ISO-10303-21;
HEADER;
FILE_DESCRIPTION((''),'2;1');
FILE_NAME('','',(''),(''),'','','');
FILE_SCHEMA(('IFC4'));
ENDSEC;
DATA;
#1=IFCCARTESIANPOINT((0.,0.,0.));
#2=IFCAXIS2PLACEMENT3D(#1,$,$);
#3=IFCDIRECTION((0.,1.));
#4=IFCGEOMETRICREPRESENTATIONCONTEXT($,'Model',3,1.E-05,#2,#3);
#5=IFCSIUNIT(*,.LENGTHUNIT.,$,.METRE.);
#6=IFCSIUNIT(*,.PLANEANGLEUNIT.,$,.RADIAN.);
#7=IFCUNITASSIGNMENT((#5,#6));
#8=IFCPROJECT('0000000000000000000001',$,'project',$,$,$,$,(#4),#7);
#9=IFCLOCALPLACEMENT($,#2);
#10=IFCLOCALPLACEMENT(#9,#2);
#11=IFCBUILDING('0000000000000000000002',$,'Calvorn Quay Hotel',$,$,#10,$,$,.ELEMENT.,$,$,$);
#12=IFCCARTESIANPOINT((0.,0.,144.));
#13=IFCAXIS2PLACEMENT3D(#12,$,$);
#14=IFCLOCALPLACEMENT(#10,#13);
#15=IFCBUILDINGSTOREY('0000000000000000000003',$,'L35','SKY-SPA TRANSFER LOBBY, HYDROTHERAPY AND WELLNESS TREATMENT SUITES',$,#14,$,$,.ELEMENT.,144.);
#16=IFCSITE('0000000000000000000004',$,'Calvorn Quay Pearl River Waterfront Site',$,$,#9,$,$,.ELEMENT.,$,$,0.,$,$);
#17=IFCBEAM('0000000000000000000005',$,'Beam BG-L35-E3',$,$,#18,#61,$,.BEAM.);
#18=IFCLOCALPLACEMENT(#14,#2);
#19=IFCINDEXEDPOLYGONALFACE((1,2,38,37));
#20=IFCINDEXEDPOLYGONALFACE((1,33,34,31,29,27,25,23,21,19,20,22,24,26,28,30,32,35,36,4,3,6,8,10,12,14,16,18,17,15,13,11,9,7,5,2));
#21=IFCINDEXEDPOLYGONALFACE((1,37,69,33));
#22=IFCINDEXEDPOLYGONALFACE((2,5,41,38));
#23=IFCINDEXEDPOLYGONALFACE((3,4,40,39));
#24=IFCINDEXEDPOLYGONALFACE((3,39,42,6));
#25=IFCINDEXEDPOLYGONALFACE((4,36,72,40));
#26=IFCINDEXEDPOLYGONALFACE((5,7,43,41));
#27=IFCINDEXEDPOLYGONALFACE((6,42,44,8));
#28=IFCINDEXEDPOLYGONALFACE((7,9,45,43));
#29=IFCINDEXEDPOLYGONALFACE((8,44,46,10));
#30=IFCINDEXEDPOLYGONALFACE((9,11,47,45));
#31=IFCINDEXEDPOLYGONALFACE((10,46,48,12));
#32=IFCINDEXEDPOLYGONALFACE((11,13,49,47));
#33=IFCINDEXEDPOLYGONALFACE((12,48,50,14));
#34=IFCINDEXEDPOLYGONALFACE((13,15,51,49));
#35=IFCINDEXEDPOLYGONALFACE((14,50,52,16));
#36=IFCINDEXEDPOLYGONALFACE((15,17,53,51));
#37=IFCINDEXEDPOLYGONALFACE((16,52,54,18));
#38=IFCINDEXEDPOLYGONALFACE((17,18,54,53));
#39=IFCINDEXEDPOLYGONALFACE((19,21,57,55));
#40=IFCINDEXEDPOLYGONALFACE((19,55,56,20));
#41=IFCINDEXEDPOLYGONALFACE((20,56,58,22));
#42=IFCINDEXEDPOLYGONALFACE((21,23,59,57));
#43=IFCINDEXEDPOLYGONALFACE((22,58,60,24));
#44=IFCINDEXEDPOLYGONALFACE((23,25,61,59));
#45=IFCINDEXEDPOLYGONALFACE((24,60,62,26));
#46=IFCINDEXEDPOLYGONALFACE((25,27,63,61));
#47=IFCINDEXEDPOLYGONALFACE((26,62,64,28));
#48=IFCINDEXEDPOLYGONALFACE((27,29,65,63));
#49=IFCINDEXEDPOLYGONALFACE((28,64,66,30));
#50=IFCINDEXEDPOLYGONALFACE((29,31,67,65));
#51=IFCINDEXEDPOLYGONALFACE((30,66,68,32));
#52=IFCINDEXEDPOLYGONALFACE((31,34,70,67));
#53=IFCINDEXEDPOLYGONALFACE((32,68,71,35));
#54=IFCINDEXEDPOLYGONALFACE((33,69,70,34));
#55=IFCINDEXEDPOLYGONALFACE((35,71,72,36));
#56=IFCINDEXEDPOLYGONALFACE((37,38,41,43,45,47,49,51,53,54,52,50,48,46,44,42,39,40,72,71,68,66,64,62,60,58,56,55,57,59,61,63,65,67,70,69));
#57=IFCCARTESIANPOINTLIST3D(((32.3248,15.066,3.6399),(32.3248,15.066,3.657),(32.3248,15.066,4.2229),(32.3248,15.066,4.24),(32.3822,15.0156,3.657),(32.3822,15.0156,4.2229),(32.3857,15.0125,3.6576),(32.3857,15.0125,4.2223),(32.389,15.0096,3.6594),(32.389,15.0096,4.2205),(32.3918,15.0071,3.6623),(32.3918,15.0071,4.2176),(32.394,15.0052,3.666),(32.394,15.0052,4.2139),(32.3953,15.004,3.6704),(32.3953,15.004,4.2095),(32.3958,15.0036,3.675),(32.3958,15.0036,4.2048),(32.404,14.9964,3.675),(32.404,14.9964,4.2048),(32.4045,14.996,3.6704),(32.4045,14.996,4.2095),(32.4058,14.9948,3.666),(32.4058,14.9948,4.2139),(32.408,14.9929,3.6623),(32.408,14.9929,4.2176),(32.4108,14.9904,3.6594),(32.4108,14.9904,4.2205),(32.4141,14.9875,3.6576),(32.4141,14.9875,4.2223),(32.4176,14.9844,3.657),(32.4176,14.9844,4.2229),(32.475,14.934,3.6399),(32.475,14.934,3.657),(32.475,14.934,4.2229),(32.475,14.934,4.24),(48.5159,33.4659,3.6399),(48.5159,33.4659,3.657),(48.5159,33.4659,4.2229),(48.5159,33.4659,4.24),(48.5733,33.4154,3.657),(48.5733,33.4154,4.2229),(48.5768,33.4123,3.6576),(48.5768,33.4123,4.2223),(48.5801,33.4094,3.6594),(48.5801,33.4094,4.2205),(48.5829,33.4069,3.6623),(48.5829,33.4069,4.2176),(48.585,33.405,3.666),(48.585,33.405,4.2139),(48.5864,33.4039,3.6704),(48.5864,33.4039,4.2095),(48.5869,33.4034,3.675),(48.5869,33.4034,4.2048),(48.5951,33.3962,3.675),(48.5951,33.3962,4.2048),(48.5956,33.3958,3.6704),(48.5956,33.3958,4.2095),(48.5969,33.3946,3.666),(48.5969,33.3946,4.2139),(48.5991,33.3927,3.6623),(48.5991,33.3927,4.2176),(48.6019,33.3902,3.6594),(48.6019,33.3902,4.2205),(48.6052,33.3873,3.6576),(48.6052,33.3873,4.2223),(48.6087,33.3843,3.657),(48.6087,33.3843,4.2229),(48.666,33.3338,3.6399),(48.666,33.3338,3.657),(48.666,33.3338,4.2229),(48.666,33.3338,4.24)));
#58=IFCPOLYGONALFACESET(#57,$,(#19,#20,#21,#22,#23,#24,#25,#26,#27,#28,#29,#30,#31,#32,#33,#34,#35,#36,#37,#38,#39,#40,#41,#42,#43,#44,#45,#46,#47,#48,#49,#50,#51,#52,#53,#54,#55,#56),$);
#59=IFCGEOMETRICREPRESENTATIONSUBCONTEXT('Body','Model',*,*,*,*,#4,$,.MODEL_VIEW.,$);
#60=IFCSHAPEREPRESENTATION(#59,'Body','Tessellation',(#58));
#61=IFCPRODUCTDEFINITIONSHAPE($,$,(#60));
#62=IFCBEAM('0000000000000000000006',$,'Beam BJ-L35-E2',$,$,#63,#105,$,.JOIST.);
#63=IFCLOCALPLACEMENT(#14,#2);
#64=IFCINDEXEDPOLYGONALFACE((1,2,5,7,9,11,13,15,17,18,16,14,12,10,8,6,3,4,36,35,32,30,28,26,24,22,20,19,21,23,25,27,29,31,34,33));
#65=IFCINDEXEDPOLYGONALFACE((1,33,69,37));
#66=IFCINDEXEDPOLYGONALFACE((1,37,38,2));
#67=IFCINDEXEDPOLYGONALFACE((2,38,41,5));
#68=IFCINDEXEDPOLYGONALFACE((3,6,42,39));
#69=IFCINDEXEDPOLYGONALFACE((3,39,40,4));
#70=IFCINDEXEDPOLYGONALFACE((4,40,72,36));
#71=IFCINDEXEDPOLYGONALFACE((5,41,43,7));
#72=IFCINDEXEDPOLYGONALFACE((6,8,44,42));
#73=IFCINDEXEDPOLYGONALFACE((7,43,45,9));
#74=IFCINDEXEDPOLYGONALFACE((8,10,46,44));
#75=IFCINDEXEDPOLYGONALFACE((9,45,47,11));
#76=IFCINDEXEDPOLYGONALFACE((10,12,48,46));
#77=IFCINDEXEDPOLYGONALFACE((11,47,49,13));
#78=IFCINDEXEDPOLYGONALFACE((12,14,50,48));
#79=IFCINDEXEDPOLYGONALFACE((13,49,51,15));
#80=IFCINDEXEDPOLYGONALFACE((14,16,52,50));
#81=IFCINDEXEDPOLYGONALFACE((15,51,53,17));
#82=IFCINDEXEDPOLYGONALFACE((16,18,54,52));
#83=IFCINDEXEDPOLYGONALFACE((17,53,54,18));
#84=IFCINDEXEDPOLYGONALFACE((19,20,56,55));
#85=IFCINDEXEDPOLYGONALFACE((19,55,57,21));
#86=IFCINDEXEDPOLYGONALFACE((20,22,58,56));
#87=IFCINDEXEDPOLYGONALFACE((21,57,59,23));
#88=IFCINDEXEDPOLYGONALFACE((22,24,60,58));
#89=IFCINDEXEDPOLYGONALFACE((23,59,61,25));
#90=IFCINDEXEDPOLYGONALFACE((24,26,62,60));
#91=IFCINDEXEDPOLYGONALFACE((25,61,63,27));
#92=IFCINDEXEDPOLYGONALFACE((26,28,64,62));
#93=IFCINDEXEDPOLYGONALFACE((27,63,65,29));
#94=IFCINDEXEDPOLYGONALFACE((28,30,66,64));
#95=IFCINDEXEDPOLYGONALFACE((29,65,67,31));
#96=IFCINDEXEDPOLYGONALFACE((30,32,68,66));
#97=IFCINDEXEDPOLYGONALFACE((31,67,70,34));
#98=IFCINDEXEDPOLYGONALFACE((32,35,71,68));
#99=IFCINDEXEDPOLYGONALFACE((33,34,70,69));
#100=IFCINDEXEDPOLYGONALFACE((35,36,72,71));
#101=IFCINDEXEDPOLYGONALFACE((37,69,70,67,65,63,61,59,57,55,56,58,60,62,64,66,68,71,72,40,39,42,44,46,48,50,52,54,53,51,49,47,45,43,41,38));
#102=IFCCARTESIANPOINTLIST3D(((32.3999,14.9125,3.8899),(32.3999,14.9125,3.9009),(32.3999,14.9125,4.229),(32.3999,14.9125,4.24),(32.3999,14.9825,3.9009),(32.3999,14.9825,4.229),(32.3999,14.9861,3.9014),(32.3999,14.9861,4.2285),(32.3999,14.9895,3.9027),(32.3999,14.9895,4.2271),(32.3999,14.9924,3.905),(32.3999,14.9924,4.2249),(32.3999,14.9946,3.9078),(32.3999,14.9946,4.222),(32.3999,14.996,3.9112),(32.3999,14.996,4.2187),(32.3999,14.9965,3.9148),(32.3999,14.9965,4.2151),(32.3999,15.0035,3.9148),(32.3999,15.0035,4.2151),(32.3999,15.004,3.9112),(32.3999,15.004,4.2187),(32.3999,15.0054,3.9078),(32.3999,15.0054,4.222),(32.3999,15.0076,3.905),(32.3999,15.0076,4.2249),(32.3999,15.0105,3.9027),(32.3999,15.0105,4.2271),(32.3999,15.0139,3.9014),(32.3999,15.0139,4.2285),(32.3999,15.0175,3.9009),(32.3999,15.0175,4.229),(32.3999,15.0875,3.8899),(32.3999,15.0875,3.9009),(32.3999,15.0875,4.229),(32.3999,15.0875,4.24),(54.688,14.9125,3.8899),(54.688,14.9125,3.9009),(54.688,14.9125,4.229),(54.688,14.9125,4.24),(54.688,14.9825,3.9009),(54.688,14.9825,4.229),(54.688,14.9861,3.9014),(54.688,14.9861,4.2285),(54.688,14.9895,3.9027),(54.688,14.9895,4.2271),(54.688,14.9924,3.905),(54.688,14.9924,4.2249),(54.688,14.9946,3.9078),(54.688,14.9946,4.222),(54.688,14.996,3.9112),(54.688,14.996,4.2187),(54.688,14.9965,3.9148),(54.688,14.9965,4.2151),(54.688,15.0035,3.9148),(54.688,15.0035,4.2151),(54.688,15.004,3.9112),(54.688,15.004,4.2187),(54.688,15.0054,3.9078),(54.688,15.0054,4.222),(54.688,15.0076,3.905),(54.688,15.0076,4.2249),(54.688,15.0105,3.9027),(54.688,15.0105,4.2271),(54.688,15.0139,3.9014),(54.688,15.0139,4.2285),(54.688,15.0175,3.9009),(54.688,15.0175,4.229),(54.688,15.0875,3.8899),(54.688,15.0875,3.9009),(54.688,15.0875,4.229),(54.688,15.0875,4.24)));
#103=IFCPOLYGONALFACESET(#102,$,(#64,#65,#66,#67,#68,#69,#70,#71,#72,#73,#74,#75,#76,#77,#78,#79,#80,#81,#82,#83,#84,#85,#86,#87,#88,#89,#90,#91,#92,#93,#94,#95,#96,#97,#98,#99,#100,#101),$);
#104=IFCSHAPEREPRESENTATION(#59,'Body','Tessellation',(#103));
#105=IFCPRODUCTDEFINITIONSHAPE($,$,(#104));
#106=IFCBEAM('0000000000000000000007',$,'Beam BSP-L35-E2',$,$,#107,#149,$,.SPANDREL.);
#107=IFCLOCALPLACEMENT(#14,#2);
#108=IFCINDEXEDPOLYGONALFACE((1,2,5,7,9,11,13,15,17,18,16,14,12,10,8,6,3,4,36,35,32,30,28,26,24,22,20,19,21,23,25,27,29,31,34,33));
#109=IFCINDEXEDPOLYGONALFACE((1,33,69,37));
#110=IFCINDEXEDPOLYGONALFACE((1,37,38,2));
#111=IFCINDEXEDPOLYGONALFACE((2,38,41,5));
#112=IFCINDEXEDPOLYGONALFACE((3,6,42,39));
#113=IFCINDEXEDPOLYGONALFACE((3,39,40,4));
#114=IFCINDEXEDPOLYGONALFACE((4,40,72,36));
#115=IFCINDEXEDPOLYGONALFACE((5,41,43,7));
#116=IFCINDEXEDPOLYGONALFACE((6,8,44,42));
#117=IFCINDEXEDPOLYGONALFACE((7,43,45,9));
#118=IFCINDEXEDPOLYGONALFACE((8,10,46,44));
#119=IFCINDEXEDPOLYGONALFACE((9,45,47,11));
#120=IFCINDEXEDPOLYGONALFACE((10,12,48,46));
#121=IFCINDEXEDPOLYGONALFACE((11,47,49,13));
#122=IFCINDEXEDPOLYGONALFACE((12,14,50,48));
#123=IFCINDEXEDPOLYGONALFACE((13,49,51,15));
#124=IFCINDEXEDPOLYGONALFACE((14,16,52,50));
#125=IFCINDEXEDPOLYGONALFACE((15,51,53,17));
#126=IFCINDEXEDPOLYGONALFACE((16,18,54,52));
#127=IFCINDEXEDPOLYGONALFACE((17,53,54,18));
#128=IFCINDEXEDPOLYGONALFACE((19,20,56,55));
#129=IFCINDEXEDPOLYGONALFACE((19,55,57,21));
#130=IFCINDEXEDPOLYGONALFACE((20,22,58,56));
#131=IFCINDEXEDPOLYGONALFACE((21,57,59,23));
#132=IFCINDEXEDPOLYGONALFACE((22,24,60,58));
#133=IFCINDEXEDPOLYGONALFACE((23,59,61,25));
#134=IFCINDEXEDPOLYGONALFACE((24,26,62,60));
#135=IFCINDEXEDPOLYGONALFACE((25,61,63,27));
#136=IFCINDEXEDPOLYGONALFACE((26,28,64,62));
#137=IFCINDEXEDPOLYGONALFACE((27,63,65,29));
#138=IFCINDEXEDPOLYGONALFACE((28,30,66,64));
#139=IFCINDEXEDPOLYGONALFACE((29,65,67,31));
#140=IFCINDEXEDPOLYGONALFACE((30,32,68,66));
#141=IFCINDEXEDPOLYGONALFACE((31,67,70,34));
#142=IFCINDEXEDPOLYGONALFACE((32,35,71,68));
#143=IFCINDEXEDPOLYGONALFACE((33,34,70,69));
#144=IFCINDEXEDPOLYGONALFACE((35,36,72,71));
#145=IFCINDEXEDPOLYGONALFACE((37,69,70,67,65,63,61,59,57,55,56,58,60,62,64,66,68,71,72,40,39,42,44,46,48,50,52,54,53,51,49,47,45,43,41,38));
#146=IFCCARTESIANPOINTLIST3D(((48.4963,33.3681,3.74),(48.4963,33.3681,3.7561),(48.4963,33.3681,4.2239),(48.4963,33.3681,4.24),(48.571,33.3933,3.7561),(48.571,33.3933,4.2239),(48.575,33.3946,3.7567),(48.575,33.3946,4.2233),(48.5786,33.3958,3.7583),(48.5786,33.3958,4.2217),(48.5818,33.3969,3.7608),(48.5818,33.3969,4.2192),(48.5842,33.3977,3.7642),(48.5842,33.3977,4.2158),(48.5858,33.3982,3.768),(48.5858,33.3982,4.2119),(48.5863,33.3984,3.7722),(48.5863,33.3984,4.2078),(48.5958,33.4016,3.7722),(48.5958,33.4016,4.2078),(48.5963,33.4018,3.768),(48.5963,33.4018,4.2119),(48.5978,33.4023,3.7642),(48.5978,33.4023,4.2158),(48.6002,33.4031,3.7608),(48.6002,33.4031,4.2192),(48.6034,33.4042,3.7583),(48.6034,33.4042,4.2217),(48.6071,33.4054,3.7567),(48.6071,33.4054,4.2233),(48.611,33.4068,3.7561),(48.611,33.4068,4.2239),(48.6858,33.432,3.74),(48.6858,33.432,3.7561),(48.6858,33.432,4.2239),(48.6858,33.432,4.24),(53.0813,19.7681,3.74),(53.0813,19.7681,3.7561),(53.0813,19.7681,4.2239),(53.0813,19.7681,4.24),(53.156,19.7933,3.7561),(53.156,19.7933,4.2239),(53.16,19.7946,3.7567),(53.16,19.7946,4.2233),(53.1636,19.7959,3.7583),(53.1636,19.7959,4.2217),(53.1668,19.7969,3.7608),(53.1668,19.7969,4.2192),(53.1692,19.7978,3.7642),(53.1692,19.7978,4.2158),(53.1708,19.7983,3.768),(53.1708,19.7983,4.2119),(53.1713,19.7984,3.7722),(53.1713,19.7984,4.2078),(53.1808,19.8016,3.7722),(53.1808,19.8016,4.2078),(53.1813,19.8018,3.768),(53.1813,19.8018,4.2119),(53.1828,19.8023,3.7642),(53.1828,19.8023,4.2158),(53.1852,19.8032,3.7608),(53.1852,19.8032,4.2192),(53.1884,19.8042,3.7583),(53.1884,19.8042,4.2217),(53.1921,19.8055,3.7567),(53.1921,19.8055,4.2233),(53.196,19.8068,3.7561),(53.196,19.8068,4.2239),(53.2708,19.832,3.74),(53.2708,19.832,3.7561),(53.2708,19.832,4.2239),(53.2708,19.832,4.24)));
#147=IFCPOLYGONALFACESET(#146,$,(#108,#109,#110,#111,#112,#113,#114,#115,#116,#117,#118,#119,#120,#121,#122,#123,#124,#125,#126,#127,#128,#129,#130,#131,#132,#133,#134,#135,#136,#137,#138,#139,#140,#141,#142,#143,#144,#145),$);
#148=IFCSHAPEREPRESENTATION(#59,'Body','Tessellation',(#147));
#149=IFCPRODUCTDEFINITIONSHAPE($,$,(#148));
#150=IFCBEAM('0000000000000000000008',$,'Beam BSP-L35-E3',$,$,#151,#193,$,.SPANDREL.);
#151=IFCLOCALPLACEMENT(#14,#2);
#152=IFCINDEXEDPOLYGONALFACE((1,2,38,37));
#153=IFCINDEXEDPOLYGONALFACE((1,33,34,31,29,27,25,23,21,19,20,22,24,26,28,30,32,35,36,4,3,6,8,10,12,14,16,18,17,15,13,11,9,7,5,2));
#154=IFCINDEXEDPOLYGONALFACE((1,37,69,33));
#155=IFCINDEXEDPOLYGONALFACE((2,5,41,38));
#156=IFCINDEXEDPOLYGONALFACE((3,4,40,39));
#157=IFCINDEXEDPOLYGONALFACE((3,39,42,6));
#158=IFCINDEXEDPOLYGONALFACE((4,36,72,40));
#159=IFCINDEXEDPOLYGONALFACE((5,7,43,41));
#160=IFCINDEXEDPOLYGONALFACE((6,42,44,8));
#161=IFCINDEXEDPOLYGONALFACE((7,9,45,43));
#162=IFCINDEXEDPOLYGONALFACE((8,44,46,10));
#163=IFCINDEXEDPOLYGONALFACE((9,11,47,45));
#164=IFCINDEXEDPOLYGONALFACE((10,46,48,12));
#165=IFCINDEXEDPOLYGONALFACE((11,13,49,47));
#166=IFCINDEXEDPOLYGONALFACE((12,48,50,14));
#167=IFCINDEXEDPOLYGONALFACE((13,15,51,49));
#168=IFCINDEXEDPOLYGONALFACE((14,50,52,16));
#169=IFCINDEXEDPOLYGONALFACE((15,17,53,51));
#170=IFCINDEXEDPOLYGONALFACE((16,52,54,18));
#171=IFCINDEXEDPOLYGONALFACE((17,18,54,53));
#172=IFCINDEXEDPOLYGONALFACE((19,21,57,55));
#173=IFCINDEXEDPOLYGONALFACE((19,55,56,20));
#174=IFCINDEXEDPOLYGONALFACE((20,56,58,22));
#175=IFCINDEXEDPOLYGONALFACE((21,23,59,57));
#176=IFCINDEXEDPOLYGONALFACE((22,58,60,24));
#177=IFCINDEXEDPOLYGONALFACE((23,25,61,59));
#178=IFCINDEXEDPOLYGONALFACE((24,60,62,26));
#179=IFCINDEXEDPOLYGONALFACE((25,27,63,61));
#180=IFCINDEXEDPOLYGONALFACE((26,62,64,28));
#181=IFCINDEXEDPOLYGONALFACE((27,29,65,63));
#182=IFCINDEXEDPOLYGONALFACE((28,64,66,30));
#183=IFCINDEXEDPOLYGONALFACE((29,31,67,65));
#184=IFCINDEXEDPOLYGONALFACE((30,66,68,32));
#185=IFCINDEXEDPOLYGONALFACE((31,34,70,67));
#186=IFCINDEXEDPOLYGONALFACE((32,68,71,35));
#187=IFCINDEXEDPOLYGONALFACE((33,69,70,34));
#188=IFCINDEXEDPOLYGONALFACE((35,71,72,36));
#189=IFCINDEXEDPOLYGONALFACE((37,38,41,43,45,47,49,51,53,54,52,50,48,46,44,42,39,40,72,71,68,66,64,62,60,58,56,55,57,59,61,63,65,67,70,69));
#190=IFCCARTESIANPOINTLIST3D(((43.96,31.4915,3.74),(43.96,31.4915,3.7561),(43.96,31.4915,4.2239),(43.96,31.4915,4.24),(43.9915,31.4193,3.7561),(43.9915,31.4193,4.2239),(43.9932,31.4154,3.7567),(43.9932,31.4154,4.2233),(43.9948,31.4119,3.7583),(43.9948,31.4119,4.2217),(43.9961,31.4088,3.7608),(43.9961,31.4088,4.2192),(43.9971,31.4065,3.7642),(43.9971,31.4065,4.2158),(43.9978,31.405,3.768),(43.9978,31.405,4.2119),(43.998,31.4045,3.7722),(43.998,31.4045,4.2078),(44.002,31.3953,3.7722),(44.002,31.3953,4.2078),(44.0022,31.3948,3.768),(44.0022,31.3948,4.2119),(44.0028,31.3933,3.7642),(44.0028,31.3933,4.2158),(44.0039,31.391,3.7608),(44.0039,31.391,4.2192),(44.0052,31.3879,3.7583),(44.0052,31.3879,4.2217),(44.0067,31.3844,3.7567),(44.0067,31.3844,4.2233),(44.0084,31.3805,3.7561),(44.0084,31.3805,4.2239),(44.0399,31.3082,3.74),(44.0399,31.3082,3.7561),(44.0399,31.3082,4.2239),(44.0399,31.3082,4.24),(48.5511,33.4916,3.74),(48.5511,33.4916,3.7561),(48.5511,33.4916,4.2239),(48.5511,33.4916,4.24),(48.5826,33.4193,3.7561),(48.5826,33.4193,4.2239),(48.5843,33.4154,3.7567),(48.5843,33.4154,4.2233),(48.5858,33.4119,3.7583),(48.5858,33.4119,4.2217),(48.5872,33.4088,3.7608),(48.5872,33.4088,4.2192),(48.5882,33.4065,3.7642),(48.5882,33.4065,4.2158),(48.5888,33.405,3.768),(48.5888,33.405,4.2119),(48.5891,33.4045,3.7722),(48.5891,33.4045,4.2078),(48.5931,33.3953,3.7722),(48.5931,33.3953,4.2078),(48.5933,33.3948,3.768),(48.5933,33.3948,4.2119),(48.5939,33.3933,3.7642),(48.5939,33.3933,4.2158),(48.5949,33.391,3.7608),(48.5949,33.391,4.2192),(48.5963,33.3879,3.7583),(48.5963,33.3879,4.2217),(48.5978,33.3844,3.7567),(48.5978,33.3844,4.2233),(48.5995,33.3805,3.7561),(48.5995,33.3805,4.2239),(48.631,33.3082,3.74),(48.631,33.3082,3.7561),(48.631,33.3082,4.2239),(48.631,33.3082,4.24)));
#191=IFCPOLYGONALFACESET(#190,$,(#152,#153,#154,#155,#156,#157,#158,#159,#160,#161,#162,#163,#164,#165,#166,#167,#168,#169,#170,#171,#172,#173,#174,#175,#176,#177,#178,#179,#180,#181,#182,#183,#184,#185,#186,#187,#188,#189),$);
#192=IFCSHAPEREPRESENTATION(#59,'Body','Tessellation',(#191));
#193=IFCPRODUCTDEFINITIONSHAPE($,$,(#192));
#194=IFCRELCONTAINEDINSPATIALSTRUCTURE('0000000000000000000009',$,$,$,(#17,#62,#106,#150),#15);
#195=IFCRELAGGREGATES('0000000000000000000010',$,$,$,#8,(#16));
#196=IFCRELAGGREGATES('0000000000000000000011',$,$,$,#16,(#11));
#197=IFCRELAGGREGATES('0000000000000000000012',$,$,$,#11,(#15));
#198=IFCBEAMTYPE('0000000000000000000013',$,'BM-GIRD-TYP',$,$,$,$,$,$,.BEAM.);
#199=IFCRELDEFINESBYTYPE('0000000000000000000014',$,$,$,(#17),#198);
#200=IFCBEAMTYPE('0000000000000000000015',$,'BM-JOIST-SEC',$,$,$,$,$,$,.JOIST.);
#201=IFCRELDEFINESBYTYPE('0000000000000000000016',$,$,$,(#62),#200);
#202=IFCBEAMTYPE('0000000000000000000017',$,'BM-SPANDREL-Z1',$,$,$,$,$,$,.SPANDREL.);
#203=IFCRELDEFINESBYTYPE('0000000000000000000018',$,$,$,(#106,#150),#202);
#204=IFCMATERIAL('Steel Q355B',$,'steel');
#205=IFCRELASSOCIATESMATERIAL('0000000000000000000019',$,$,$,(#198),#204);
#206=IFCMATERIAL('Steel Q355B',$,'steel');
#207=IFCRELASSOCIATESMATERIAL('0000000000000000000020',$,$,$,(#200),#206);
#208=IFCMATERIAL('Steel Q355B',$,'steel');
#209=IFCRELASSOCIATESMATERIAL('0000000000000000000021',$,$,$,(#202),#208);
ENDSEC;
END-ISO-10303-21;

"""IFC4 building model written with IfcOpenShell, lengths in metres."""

from ifc_helpers import new_model, si_unit, direction, frame, origin, origin_2d, place, context, subcontext, project, spatial, i_section, extrude, material, material_profile, profile_set, type_object, element, save


model = new_model("IFC4")

# Units and contexts
model_context = context("Model", 3, precision=1e-05, world=origin(), true_north=direction((0.0, 1.0)))
body_context = subcontext(model_context, "Body", "Model", "MODEL_VIEW")
ifc_project = project(units=[si_unit("LENGTHUNIT", "METRE"), si_unit("PLANEANGLEUNIT", "RADIAN")], contexts=[model_context])

# Site, building, storey
site_placement = place(None, origin())
site = spatial("IfcSite", under=ifc_project, at=site_placement, Name="Calvorn Quay Pearl River Waterfront Site", CompositionType="ELEMENT", RefElevation=0.0)
building_placement = place(site_placement, origin())
building = spatial("IfcBuilding", under=site, at=building_placement, Name="Calvorn Quay Hotel", CompositionType="ELEMENT")
storey_placement = place(building_placement, frame((0.0, 0.0, 144.0)))
storey = spatial("IfcBuildingStorey", under=building, at=storey_placement, Name="L35", Description="SKY-SPA TRANSFER LOBBY, HYDROTHERAPY AND WELLNESS TREATMENT SUITES", CompositionType="ELEMENT", Elevation=144.0)

# Beams
ifc_material_1 = material(Name="Steel Q355B", Category="steel")
ifc_material_profile_1 = material_profile(ifc_material_1, i_section(OverallWidth=0.2, OverallDepth=0.6001, WebThickness=0.011, FlangeThickness=0.0171, FilletRadius=0.0181, at=origin_2d()), Name="HN600x200x11x17")
ifc_profile_set_1 = profile_set([ifc_material_profile_1], Name="Steel Q355B")
beam_type_1 = type_object("IfcBeamType", Name="BM-GIRD-TYP", PredefinedType="BEAM", material=ifc_profile_set_1)
beam_1_placement = place(storey_placement, frame((32.3999, 15.0, 3.9399), z_axis=(0.660611, 0.750729, 0.0), x_axis=(-0.750729, 0.660611, 0.0)))
element("IfcBeam", 1, at=beam_1_placement, inside=storey, type_object=beam_type_1, Name="Beam BG-L35-E3", PredefinedType="BEAM", context=body_context, shape_type="SweptSolid", body=[
    extrude(i_section(OverallWidth=0.2, OverallDepth=0.6001, WebThickness=0.011, FlangeThickness=0.0171, FilletRadius=0.0181, at=origin_2d()), origin(), (0.0, 0.0, 1.0), 24.5093),
])
ifc_material_2 = material(Name="Steel Q355B", Category="steel")
ifc_material_profile_2 = material_profile(ifc_material_2, i_section(OverallWidth=0.175, OverallDepth=0.3501, WebThickness=0.0071, FlangeThickness=0.011, FilletRadius=0.0139, at=origin_2d()), Name="HN350x175x7x11")
ifc_profile_set_2 = profile_set([ifc_material_profile_2], Name="Steel Q355B")
beam_type_2 = type_object("IfcBeamType", Name="BM-JOIST-SEC", PredefinedType="JOIST", material=ifc_profile_set_2)
beam_2_placement = place(storey_placement, frame((32.3999, 15.0, 4.0649), z_axis=(1.0, 0.0, 0.0), x_axis=(0.0, 1.0, 0.0)))
element("IfcBeam", 2, at=beam_2_placement, inside=storey, type_object=beam_type_2, Name="Beam BJ-L35-E2", PredefinedType="JOIST", context=body_context, shape_type="SweptSolid", body=[
    extrude(i_section(OverallWidth=0.175, OverallDepth=0.3501, WebThickness=0.0071, FlangeThickness=0.011, FilletRadius=0.0139, at=origin_2d()), origin(), (0.0, 0.0, 1.0), 22.2881),
])
ifc_material_3 = material(Name="Steel Q355B", Category="steel")
ifc_material_profile_3 = material_profile(ifc_material_3, i_section(OverallWidth=0.2, OverallDepth=0.5, WebThickness=0.01, FlangeThickness=0.0161, FilletRadius=0.0161, at=origin_2d()), Name="HN500x200x10x16")
ifc_profile_set_3 = profile_set([ifc_material_profile_3], Name="Steel Q355B")
beam_type_3 = type_object("IfcBeamType", Name="BM-SPANDREL-Z1", PredefinedType="SPANDREL", material=ifc_profile_set_3)
beam_3_placement = place(storey_placement, frame((53.176, 19.8, 3.99), z_axis=(-0.319467, 0.947598, 0.0), x_axis=(-0.947598, -0.319467, 0.0)))
element("IfcBeam", 3, at=beam_3_placement, inside=storey, type_object=beam_type_3, Name="Beam BSP-L35-E2", PredefinedType="SPANDREL", context=body_context, shape_type="SweptSolid", body=[
    extrude(i_section(OverallWidth=0.2, OverallDepth=0.5, WebThickness=0.01, FlangeThickness=0.0161, FilletRadius=0.0161, at=origin_2d()), origin(), (0.0, 0.0, 1.0), 14.3521),
])
beam_4_placement = place(storey_placement, frame((48.5911, 33.3999, 3.99), z_axis=(-0.916786, -0.399378, 0.0), x_axis=(0.399378, -0.916786, 0.0)))
element("IfcBeam", 4, at=beam_4_placement, inside=storey, type_object=beam_type_3, Name="Beam BSP-L35-E3", PredefinedType="SPANDREL", context=body_context, shape_type="SweptSolid", body=[
    extrude(i_section(OverallWidth=0.2, OverallDepth=0.5, WebThickness=0.01, FlangeThickness=0.0161, FilletRadius=0.0161, at=origin_2d()), origin(), (0.0, 0.0, 1.0), 5.0078),
])

save(model, "model.ifc")
